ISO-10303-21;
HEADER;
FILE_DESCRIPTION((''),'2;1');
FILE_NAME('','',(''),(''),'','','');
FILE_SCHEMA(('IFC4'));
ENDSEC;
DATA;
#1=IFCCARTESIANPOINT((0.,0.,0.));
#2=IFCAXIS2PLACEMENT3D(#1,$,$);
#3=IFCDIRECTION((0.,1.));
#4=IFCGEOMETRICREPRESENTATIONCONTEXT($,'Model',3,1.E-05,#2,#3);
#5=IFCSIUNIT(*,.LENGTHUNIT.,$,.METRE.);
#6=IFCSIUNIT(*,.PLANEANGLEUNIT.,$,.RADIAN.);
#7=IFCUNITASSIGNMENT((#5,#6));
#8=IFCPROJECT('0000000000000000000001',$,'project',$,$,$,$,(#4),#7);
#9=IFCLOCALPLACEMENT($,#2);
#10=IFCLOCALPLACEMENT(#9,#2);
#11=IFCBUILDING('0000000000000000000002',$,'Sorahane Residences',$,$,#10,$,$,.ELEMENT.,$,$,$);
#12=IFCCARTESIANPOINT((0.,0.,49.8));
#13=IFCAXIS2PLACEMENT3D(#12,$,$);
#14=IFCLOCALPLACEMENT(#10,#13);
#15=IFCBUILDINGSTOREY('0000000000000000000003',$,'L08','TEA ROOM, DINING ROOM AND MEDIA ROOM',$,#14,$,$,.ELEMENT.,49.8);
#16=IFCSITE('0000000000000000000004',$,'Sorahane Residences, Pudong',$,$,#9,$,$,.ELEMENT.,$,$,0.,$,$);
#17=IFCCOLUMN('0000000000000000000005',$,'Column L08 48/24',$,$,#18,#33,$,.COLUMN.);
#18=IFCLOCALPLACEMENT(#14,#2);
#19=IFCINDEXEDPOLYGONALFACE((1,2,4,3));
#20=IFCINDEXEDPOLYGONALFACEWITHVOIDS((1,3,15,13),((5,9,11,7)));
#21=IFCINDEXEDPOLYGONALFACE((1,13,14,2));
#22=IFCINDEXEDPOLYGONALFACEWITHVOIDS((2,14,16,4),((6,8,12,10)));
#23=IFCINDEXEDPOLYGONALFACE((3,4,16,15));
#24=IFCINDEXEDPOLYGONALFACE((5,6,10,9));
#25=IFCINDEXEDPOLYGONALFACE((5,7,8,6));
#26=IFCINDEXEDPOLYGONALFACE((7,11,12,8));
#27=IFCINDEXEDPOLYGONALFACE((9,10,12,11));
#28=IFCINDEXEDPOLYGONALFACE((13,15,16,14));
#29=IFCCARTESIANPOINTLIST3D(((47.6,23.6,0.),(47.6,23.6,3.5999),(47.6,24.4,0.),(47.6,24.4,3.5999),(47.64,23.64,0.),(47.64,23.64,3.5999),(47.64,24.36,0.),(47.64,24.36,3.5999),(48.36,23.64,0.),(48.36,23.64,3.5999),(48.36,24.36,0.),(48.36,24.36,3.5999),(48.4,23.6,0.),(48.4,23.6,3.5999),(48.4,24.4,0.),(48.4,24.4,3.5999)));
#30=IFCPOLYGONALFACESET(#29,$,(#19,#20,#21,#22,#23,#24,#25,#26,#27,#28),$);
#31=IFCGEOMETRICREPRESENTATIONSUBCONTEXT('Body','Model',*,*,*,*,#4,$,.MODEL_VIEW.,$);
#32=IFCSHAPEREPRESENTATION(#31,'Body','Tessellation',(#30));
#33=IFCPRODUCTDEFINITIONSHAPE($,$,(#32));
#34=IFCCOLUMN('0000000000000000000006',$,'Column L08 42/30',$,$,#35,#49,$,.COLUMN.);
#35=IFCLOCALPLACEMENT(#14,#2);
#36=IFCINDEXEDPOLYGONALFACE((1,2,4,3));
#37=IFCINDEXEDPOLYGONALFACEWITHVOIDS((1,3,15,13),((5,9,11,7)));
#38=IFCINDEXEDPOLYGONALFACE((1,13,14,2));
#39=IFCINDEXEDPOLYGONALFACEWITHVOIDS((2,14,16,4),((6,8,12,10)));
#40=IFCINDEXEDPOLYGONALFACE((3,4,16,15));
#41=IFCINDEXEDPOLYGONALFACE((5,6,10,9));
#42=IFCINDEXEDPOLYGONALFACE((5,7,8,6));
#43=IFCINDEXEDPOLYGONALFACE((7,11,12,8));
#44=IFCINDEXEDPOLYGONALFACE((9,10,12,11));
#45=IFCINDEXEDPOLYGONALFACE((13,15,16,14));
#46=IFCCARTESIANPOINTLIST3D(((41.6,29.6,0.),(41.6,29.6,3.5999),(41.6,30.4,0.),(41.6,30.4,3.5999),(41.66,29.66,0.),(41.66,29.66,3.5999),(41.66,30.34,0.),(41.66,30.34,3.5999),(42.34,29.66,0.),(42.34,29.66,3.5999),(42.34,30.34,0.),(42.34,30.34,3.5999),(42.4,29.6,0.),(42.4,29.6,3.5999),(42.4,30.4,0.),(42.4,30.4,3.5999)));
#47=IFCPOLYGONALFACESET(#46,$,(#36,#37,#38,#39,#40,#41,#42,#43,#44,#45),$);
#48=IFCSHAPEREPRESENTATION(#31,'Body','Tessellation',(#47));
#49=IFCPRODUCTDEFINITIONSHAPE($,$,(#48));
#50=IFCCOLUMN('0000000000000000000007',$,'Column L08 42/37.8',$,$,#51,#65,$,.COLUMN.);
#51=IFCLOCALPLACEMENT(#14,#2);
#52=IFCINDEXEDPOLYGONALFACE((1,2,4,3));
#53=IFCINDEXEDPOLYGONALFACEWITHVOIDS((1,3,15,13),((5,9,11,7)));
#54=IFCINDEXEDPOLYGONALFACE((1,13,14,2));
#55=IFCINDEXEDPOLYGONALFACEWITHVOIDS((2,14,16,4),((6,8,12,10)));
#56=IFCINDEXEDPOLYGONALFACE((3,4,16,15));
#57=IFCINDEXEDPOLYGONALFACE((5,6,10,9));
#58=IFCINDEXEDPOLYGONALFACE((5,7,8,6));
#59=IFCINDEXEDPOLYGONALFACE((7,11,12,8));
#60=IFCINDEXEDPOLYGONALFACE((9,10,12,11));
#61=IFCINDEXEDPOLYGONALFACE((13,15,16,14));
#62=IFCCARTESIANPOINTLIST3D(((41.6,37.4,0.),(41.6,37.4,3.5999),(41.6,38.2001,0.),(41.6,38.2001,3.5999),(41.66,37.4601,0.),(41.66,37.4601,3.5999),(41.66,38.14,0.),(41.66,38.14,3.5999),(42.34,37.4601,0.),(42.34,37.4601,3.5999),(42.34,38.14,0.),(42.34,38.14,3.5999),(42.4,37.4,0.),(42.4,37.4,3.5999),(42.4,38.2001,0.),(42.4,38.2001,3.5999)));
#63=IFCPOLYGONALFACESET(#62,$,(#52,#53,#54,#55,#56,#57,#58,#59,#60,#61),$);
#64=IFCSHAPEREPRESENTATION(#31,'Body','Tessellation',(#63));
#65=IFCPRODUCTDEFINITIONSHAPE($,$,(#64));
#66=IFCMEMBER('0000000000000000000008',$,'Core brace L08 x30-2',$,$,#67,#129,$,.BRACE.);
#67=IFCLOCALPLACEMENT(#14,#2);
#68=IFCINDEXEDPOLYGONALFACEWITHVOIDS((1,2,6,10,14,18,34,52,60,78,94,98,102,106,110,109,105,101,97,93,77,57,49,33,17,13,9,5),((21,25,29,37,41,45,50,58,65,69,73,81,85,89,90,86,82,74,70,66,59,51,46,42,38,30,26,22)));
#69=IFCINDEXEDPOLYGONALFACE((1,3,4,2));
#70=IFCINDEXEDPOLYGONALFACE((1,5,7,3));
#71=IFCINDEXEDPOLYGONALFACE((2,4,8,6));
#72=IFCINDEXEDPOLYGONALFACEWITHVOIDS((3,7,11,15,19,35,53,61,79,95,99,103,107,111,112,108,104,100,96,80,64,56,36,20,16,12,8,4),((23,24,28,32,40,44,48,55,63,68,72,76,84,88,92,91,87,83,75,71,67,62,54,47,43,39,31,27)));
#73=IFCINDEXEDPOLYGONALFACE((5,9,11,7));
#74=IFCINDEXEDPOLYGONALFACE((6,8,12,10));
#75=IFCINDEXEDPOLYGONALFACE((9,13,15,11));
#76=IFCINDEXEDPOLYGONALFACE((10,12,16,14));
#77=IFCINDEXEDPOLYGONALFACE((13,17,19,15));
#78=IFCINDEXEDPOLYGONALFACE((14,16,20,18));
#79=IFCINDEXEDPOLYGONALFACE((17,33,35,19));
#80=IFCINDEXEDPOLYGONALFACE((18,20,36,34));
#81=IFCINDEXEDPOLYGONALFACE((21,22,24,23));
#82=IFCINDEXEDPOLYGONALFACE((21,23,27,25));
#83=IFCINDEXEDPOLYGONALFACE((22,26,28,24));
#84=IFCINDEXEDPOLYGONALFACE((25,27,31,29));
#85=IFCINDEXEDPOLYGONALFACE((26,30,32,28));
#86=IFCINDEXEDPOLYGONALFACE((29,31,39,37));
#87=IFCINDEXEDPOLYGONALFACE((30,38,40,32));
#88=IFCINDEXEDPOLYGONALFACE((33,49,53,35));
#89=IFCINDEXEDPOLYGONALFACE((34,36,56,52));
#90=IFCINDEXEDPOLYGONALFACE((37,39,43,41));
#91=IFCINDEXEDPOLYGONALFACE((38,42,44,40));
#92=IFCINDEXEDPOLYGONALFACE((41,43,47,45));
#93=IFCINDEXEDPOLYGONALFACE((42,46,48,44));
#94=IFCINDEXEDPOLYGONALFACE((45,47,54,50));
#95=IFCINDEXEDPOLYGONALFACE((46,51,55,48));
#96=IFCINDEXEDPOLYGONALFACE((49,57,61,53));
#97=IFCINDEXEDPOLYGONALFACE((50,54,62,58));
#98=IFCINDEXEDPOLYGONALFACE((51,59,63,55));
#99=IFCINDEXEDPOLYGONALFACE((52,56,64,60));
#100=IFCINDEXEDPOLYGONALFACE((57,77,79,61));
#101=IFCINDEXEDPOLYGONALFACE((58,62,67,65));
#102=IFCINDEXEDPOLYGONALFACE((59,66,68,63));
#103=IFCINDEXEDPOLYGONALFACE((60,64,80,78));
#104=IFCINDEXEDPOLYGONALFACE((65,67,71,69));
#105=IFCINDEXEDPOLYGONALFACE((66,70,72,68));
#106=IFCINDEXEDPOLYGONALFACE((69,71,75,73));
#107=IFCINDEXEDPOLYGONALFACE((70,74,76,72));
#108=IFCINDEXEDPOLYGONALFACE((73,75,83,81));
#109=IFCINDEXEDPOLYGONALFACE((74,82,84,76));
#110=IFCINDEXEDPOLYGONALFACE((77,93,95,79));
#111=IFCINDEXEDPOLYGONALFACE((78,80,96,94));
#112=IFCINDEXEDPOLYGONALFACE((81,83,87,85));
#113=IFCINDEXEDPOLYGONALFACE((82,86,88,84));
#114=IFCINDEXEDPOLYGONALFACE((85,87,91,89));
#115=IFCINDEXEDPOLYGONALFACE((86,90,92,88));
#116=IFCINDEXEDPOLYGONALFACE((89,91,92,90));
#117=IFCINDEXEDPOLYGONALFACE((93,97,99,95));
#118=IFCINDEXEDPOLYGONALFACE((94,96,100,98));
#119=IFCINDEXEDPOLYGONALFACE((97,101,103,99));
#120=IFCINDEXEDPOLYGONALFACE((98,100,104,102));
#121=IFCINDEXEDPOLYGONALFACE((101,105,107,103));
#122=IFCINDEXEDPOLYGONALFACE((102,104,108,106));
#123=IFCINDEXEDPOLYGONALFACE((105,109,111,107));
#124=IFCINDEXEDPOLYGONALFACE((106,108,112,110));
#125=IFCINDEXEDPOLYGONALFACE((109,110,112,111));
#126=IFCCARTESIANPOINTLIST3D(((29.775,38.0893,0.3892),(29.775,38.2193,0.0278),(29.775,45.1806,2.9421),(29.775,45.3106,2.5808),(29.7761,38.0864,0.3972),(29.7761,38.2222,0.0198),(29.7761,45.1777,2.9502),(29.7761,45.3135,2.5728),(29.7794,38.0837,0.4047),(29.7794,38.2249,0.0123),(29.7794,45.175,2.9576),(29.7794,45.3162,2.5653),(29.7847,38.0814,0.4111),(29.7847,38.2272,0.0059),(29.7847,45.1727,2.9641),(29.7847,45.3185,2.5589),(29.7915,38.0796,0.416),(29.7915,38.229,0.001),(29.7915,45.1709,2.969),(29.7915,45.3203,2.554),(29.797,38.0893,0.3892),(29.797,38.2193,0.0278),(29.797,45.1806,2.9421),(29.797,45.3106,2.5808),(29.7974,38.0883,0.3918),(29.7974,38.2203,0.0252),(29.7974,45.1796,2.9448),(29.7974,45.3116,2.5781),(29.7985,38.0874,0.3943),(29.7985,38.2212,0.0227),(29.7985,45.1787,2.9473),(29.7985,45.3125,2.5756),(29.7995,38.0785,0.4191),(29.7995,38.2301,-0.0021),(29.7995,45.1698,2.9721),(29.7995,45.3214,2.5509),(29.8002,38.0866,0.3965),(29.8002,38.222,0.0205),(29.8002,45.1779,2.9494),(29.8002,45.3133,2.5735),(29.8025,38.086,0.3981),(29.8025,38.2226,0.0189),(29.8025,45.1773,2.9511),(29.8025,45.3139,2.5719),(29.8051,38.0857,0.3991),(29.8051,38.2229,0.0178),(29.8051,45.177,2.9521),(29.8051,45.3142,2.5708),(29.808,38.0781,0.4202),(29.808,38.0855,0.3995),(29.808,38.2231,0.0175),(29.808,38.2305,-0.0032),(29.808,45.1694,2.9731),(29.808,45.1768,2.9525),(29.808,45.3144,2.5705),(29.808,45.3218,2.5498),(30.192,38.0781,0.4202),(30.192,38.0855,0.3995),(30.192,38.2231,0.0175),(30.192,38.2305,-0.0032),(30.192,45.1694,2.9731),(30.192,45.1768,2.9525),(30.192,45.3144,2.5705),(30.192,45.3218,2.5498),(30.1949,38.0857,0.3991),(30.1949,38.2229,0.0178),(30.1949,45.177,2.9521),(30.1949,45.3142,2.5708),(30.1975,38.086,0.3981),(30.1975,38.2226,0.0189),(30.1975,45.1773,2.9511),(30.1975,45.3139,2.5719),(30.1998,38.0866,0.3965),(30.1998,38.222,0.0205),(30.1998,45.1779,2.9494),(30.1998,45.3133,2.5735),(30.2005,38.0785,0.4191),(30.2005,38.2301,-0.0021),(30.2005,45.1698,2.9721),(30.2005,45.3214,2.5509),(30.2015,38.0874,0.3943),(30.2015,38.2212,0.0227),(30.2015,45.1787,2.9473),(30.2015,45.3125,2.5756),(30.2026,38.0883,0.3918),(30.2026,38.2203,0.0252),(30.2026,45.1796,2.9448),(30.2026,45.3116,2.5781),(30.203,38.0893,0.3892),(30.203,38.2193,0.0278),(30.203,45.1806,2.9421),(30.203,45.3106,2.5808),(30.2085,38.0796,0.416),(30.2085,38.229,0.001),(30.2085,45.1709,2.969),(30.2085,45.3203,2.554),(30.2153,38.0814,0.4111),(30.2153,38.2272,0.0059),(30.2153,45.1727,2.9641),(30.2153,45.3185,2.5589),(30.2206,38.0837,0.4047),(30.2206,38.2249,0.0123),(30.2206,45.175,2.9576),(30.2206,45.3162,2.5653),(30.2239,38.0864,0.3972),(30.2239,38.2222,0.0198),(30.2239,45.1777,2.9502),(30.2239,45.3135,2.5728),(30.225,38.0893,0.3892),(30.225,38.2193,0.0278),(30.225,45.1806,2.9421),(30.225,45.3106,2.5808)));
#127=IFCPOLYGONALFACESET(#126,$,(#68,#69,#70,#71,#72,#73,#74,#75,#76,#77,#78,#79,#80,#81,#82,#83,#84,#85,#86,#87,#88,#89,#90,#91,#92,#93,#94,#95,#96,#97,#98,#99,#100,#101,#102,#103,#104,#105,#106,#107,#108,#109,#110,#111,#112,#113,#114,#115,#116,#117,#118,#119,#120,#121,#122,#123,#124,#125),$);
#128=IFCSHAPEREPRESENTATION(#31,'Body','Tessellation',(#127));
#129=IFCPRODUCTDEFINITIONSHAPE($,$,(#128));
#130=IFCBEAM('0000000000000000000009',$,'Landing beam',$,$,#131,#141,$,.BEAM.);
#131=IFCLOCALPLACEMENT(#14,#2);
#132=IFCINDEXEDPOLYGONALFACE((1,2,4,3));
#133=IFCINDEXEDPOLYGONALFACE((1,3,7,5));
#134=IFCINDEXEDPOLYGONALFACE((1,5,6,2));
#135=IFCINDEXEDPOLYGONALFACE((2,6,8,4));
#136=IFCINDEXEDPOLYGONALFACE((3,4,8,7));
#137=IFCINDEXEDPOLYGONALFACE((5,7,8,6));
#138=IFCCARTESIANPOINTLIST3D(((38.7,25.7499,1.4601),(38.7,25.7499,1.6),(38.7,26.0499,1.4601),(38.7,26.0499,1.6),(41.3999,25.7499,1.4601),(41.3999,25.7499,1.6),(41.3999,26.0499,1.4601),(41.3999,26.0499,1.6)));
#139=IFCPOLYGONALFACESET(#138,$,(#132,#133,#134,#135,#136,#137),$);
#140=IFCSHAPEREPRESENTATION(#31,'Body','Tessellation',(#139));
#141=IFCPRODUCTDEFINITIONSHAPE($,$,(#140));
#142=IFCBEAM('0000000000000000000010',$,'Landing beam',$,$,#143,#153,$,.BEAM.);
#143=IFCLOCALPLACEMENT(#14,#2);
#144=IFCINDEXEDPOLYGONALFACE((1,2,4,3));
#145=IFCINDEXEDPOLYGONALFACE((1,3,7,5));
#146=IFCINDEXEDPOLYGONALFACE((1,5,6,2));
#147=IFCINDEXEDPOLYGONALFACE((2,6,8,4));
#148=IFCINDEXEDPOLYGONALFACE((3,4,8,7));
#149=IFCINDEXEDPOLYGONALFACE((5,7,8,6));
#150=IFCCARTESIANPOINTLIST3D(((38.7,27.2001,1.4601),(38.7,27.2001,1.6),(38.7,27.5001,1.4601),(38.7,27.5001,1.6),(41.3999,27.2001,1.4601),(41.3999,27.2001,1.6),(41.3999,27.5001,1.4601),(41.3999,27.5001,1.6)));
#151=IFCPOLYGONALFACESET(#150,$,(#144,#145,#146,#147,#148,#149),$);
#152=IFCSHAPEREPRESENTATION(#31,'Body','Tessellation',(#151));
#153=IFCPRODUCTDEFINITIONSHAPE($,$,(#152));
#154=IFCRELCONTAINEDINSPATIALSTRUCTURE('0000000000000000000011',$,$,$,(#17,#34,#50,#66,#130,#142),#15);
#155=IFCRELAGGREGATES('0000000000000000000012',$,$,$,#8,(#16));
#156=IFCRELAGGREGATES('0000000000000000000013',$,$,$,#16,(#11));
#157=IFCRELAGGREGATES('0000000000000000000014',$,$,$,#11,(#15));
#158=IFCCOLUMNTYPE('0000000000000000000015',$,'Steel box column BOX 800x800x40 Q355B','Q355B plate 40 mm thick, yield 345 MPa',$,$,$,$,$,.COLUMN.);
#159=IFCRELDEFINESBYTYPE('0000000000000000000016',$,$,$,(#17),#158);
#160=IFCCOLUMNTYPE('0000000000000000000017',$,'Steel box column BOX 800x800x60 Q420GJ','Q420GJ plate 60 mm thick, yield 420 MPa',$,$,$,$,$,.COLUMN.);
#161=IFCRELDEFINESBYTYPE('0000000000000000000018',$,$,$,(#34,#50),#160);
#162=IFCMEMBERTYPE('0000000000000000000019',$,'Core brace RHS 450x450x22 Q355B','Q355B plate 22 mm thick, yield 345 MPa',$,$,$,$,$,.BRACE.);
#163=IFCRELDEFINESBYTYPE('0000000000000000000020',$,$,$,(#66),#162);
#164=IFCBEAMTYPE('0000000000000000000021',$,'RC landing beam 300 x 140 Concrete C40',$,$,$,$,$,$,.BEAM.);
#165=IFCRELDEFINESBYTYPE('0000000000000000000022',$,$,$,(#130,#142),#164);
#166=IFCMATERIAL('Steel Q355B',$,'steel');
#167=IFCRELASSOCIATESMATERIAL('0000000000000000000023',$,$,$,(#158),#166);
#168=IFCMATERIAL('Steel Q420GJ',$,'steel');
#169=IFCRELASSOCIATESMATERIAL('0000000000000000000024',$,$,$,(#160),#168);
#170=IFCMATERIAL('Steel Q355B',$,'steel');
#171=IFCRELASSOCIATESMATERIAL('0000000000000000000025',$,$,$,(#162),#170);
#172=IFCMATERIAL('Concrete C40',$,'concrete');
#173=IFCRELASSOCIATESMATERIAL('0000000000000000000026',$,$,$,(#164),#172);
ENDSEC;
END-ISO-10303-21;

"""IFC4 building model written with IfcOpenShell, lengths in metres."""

from ifc_helpers import new_model, si_unit, direction, frame, origin, origin_2d, place, context, subcontext, project, spatial, rectangle, hollow_rectangle, extrude, material, material_profile, profile_set, type_object, element, save


model = new_model("IFC4")

# Units and contexts
model_context = context("Model", 3, precision=1e-05, world=origin(), true_north=direction((0.0, 1.0)))
body_context = subcontext(model_context, "Body", "Model", "MODEL_VIEW")
ifc_project = project(units=[si_unit("LENGTHUNIT", "METRE"), si_unit("PLANEANGLEUNIT", "RADIAN")], contexts=[model_context])

# Site, building, storey
site_placement = place(None, origin())
site = spatial("IfcSite", under=ifc_project, at=site_placement, Name="Sorahane Residences, Pudong", CompositionType="ELEMENT", RefElevation=0.0)
building_placement = place(site_placement, origin())
building = spatial("IfcBuilding", under=site, at=building_placement, Name="Sorahane Residences", CompositionType="ELEMENT")
storey_placement = place(building_placement, frame((0.0, 0.0, 49.8)))
storey = spatial("IfcBuildingStorey", under=building, at=storey_placement, Name="L08", Description="TEA ROOM, DINING ROOM AND MEDIA ROOM", CompositionType="ELEMENT", Elevation=49.8)

# Columns
ifc_material_1 = material(Name="Steel Q355B", Category="steel")
ifc_material_profile_1 = material_profile(ifc_material_1, hollow_rectangle(XDim=0.8, YDim=0.8, WallThickness=0.04, at=origin_2d()), Name="BOX 800x800x40")
ifc_profile_set_1 = profile_set([ifc_material_profile_1], Name="Steel Q355B")
column_type_1 = type_object("IfcColumnType", Name="Steel box column BOX 800x800x40 Q355B", Description="Q355B plate 40 mm thick, yield 345 MPa", PredefinedType="COLUMN", material=ifc_profile_set_1)
column_placement = place(storey_placement, frame((48.0, 24.0, 0.0), z_axis=(0.0, 0.0, 1.0), x_axis=(1.0, 0.0, 0.0)))
element("IfcColumn", 1, at=column_placement, inside=storey, type_object=column_type_1, Name="Column L08 48/24", PredefinedType="COLUMN", context=body_context, shape_type="SweptSolid", body=[
    extrude(hollow_rectangle(XDim=0.8, YDim=0.8, WallThickness=0.04, at=origin_2d()), origin(), (0.0, 0.0, 1.0), 3.5999),
])
ifc_material_2 = material(Name="Steel Q420GJ", Category="steel")
ifc_material_profile_2 = material_profile(ifc_material_2, hollow_rectangle(XDim=0.8, YDim=0.8, WallThickness=0.0601, at=origin_2d()), Name="BOX 800x800x60")
ifc_profile_set_2 = profile_set([ifc_material_profile_2], Name="Steel Q420GJ")
column_type_2 = type_object("IfcColumnType", Name="Steel box column BOX 800x800x60 Q420GJ", Description="Q420GJ plate 60 mm thick, yield 420 MPa", PredefinedType="COLUMN", material=ifc_profile_set_2)
for number, where, z_axis, x_axis, name in (
    (2, (42.0, 30.0, 0.0), (0.0, 0.0, 1.0), (1.0, 0.0, 0.0), "Column L08 42/30"),
    (3, (42.0, 37.8, 0.0), (0.0, 0.0, 1.0), (1.0, 0.0, 0.0), "Column L08 42/37.8"),
):
    element("IfcColumn", number, at=place(storey_placement, frame(where, z_axis=z_axis, x_axis=x_axis)), inside=storey, type_object=column_type_2, Name=name, PredefinedType="COLUMN", context=body_context, shape_type="SweptSolid", body=[
        extrude(hollow_rectangle(XDim=0.8, YDim=0.8, WallThickness=0.0601, at=origin_2d()), origin(), (0.0, 0.0, 1.0), 3.5999),
    ])

# Member
ifc_material_3 = material(Name="Steel Q355B", Category="steel")
ifc_material_profile_3 = material_profile(ifc_material_3, hollow_rectangle(XDim=0.45, YDim=0.45, WallThickness=0.022, InnerFilletRadius=0.011, OuterFilletRadius=0.033, at=origin_2d()), Name="RHS 450x450x22")
ifc_profile_set_3 = profile_set([ifc_material_profile_3], Name="Steel Q355B")
member_type = type_object("IfcMemberType", Name="Core brace RHS 450x450x22 Q355B", Description="Q355B plate 22 mm thick, yield 345 MPa", PredefinedType="BRACE", material=ifc_profile_set_3)
member_placement = place(storey_placement, frame((30.0, 38.1543, 0.2085), z_axis=(0.0, 0.940883, 0.338732), x_axis=(-1.0, 0.0, 0.0)))
element("IfcMember", 4, at=member_placement, inside=storey, type_object=member_type, Name="Core brace L08 x30-2", PredefinedType="BRACE", context=body_context, shape_type="SweptSolid", body=[
    extrude(hollow_rectangle(XDim=0.45, YDim=0.45, WallThickness=0.022, InnerFilletRadius=0.011, OuterFilletRadius=0.033, at=origin_2d()), origin(), (0.0, 0.0, 1.0), 7.5369),
])

# Beams
ifc_material_4 = material(Name="Concrete C40", Category="concrete")
ifc_material_profile_4 = material_profile(ifc_material_4, rectangle(XDim=0.3, YDim=0.1399, at=origin_2d()), Name="300x140")
ifc_profile_set_4 = profile_set([ifc_material_profile_4], Name="Concrete C40")
beam_type_1 = type_object("IfcBeamType", Name="RC landing beam 300 x 140 Concrete C40", PredefinedType="BEAM", material=ifc_profile_set_4)
for number, where, z_axis, x_axis, name in (
    (5, (38.7, 25.8999, 1.53), (1.0, 0.0, 0.0), (0.0, 1.0, 0.0), "Landing beam"),
    (6, (38.7, 27.3501, 1.53), (1.0, 0.0, 0.0), (0.0, 1.0, 0.0), "Landing beam"),
):
    element("IfcBeam", number, at=place(storey_placement, frame(where, z_axis=z_axis, x_axis=x_axis)), inside=storey, type_object=beam_type_1, Name=name, PredefinedType="BEAM", context=body_context, shape_type="SweptSolid", body=[
        extrude(rectangle(XDim=0.3, YDim=0.1399, at=origin_2d()), origin(), (0.0, 0.0, 1.0), 2.7),
    ])

save(model, "model.ifc")
